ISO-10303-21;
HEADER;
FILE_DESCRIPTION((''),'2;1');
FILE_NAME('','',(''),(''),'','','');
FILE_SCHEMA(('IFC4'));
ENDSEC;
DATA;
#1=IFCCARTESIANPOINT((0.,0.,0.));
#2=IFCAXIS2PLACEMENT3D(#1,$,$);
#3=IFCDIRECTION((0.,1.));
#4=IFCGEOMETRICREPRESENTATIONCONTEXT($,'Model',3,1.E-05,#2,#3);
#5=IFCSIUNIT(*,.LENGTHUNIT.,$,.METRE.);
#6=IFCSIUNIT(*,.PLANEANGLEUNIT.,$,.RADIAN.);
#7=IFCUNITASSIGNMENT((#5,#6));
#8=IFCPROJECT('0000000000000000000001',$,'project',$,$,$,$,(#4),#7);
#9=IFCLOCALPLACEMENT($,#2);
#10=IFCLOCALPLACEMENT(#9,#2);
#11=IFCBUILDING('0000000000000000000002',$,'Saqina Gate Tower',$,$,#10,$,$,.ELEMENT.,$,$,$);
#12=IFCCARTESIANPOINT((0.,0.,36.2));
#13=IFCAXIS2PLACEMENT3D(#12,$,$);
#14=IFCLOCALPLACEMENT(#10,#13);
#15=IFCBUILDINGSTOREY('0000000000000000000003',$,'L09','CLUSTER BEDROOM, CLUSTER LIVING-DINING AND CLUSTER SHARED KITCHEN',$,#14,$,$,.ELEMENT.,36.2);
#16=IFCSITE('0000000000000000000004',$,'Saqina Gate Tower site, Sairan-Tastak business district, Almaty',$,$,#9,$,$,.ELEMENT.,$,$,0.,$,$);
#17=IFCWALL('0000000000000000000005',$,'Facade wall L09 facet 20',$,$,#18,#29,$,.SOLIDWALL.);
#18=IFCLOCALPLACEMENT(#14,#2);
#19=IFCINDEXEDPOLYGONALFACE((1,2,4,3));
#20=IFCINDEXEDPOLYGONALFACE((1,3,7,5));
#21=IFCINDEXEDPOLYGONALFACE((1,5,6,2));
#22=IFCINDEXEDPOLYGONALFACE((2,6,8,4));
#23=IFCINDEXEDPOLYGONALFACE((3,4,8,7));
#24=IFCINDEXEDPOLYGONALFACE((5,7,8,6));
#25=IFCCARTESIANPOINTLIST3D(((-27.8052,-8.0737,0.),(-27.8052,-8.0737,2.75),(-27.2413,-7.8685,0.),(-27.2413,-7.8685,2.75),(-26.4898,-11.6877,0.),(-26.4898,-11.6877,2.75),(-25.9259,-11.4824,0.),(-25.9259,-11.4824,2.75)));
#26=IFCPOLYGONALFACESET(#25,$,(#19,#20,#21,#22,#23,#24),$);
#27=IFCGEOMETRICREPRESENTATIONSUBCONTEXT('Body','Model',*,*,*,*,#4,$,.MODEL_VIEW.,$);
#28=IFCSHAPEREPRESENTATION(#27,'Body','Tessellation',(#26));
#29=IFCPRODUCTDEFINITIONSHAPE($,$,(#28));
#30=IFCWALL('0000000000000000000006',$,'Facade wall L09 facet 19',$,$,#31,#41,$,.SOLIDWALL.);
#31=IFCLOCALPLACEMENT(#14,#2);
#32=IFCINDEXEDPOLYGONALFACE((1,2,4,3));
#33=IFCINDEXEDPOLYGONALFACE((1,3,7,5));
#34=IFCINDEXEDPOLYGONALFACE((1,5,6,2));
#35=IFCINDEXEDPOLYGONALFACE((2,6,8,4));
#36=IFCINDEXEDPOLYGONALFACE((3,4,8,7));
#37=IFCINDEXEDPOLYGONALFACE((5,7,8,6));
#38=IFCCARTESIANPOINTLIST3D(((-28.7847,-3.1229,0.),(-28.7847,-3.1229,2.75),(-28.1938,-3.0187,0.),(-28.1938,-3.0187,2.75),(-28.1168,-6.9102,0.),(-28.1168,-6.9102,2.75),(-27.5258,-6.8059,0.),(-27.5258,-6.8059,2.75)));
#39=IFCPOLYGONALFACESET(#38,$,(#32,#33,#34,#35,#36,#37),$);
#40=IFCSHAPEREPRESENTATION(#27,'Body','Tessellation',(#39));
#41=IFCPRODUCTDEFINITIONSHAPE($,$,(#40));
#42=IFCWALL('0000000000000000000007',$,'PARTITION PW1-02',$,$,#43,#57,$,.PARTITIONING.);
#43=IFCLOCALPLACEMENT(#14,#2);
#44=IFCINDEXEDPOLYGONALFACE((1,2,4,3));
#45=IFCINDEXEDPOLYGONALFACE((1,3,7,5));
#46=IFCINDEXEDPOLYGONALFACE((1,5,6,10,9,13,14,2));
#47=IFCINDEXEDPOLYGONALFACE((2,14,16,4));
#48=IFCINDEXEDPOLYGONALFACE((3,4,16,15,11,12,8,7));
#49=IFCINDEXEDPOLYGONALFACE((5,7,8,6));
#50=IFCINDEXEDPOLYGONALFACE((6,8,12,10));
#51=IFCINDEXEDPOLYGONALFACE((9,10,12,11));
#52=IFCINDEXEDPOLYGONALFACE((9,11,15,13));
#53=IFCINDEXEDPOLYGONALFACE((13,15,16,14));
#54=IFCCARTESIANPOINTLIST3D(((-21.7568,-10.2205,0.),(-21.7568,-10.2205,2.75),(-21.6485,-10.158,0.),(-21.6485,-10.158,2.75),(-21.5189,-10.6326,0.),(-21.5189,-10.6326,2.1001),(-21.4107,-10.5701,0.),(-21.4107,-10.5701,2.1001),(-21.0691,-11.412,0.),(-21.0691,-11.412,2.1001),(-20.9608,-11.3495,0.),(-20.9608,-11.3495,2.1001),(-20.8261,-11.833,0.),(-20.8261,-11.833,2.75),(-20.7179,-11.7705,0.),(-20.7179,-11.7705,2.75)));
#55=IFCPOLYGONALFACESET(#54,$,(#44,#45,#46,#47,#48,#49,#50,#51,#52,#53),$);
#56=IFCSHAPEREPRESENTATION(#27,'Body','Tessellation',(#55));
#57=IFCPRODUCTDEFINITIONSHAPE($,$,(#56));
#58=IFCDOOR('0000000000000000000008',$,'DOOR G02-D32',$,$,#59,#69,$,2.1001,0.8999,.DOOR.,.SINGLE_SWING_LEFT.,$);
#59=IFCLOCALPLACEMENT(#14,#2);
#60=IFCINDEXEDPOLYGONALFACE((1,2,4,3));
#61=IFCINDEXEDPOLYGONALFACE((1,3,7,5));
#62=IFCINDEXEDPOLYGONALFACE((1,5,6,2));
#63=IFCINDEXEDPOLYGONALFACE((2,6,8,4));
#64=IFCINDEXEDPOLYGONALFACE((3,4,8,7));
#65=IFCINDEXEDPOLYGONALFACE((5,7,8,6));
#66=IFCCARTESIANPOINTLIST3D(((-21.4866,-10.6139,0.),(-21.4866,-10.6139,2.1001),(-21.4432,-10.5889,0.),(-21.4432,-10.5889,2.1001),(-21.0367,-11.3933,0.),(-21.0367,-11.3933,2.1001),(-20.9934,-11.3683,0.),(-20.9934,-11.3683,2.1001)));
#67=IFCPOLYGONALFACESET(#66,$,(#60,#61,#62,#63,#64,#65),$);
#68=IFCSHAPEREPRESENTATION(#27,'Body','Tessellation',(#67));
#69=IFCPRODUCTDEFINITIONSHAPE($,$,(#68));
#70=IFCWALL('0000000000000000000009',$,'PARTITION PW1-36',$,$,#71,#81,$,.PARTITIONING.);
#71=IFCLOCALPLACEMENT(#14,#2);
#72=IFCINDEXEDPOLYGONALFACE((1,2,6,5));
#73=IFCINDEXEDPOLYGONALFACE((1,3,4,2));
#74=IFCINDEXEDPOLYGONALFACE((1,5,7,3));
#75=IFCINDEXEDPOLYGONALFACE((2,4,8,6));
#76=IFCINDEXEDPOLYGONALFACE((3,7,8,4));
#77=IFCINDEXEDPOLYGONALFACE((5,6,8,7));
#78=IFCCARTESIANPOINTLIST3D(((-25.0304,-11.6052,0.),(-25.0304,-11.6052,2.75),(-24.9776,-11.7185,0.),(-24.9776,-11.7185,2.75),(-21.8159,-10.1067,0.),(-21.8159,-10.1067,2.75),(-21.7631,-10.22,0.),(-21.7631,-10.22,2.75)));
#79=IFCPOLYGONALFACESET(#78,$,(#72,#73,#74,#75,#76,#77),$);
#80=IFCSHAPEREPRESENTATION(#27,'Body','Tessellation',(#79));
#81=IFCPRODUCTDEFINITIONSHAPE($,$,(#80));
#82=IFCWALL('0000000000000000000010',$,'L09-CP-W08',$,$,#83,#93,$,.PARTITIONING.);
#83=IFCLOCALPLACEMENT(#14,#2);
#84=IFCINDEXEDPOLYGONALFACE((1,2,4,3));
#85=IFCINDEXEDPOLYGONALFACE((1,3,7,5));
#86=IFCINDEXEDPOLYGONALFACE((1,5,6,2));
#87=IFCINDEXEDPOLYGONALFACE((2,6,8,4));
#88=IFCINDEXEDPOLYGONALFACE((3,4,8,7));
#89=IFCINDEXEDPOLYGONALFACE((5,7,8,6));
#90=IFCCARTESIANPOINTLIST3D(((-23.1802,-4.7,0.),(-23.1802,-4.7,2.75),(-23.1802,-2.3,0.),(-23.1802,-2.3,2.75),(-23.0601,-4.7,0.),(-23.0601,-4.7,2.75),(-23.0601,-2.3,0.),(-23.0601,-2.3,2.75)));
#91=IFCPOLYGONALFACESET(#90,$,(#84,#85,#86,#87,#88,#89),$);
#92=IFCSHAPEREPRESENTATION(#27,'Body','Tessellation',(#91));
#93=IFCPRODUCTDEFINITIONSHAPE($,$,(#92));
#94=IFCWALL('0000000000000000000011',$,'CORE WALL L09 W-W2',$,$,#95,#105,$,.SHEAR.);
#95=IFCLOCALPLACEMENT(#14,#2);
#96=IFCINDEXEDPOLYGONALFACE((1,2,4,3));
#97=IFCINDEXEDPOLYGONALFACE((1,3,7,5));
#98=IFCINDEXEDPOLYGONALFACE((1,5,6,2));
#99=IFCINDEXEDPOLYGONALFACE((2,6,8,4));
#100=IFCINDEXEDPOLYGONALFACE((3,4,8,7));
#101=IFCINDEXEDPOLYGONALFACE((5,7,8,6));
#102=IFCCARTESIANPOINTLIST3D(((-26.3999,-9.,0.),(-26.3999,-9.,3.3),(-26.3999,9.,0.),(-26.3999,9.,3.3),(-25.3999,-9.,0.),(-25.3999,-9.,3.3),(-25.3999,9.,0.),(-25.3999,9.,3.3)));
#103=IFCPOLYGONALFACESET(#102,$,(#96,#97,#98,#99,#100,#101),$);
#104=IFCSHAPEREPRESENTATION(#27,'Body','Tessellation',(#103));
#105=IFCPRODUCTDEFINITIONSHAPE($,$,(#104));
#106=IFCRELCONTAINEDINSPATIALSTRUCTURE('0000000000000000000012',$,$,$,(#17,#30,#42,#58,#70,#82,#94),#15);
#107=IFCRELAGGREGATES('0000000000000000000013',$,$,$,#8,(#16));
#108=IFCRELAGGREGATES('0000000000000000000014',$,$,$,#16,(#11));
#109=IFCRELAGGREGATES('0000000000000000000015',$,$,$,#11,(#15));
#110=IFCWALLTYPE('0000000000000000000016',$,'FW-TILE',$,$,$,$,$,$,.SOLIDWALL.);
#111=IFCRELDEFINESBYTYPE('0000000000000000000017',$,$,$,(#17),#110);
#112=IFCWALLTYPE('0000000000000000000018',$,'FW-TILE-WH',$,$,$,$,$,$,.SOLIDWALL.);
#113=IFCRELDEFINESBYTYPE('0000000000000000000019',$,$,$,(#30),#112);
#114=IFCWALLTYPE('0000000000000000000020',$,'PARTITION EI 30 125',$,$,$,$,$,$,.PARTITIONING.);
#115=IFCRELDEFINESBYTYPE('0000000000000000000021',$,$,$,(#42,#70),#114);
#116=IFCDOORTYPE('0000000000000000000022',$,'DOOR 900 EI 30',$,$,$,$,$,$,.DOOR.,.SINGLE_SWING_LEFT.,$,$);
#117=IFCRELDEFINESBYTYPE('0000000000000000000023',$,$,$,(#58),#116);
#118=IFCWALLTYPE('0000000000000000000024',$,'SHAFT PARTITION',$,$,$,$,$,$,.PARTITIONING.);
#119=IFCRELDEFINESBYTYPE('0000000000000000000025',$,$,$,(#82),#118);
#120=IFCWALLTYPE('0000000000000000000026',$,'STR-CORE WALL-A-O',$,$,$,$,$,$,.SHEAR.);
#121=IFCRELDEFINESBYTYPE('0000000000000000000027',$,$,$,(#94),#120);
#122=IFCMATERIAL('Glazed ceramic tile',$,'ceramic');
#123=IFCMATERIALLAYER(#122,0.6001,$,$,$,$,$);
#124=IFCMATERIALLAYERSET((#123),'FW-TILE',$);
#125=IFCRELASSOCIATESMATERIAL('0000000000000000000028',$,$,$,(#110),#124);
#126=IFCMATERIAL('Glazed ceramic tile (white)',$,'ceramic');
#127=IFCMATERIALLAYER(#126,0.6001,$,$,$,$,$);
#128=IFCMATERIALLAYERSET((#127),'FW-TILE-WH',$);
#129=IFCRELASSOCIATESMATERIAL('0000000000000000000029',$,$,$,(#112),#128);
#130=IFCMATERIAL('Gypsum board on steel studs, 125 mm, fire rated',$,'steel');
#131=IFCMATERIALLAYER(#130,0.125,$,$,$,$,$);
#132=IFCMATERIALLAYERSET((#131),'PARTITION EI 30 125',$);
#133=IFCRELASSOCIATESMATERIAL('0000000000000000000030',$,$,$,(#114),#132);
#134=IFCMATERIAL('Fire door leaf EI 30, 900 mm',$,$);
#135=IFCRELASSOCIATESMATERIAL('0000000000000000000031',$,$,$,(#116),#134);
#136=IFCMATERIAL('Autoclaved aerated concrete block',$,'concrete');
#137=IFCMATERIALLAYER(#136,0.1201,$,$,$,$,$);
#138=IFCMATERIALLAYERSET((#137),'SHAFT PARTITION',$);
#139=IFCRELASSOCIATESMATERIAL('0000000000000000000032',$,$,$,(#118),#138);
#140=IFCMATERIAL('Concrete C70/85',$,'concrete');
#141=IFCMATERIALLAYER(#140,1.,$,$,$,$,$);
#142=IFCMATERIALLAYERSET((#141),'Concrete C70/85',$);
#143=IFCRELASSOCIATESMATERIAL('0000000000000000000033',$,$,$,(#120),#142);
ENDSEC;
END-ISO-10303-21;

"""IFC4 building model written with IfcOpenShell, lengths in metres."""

from ifc_helpers import new_model, si_unit, direction, frame, frame_2d, origin, place, context, subcontext, project, spatial, rectangle, extrude, material, layer, layer_set, type_object, element, fill, save


model = new_model("IFC4")

# Units and contexts
model_context = context("Model", 3, precision=1e-05, world=origin(), true_north=direction((0.0, 1.0)))
body_context = subcontext(model_context, "Body", "Model", "MODEL_VIEW")
ifc_project = project(units=[si_unit("LENGTHUNIT", "METRE"), si_unit("PLANEANGLEUNIT", "RADIAN")], contexts=[model_context])

# Site, building, storey
site_placement = place(None, origin())
site = spatial("IfcSite", under=ifc_project, at=site_placement, Name="Saqina Gate Tower site, Sairan-Tastak business district, Almaty", CompositionType="ELEMENT", RefElevation=0.0)
building_placement = place(site_placement, origin())
building = spatial("IfcBuilding", under=site, at=building_placement, Name="Saqina Gate Tower", CompositionType="ELEMENT")
storey_placement = place(building_placement, frame((0.0, 0.0, 36.2)))
storey = spatial("IfcBuildingStorey", under=building, at=storey_placement, Name="L09", Description="CLUSTER BEDROOM, CLUSTER LIVING-DINING AND CLUSTER SHARED KITCHEN", CompositionType="ELEMENT", Elevation=36.2)

# Walls
ifc_material_1 = material(Name="Glazed ceramic tile", Category="ceramic")
ifc_layer_1 = layer(ifc_material_1, 0.6001)
ifc_layer_set_1 = layer_set([ifc_layer_1], Name="FW-TILE")
wall_type_1 = type_object("IfcWallType", Name="FW-TILE", PredefinedType="SOLIDWALL", material=ifc_layer_set_1)
wall_1_placement = place(storey_placement, frame((-27.5232, -7.9712, 0.0), z_axis=(0.0, 0.0, 1.0), x_axis=(0.342028, -0.93969, 0.0)))
element("IfcWall", 1, at=wall_1_placement, inside=storey, type_object=wall_type_1, Name="Facade wall L09 facet 20", PredefinedType="SOLIDWALL", context=body_context, shape_type="SweptSolid", body=[
    extrude(rectangle(XDim=3.8459, YDim=0.6001, at=frame_2d((1.9229, 0.0))), origin(), (0.0, 0.0, 1.0), 2.75),
])
ifc_material_2 = material(Name="Glazed ceramic tile (white)", Category="ceramic")
ifc_layer_2 = layer(ifc_material_2, 0.6001)
ifc_layer_set_2 = layer_set([ifc_layer_2], Name="FW-TILE-WH")
wall_type_2 = type_object("IfcWallType", Name="FW-TILE-WH", PredefinedType="SOLIDWALL", material=ifc_layer_set_2)
wall_2_placement = place(storey_placement, frame((-28.4893, -3.0708, 0.0), z_axis=(0.0, 0.0, 1.0), x_axis=(0.173688, -0.984801, 0.0)))
element("IfcWall", 2, at=wall_2_placement, inside=storey, type_object=wall_type_2, Name="Facade wall L09 facet 19", PredefinedType="SOLIDWALL", context=body_context, shape_type="SweptSolid", body=[
    extrude(rectangle(XDim=3.8457, YDim=0.6001, at=frame_2d((1.9229, 0.0))), origin(), (0.0, 0.0, 1.0), 2.75),
])

# Wall, opening, door
ifc_material_3 = material(Name="Gypsum board on steel studs, 125 mm, fire rated", Category="steel")
ifc_layer_3 = layer(ifc_material_3, 0.125)
ifc_layer_set_3 = layer_set([ifc_layer_3], Name="PARTITION EI 30 125")
wall_type_3 = type_object("IfcWallType", Name="PARTITION EI 30 125", PredefinedType="PARTITIONING", material=ifc_layer_set_3)
wall_3_placement = place(storey_placement, frame((-21.7026, -10.1892, 0.0), z_axis=(0.0, 0.0, 1.0), x_axis=(0.499862, -0.866105, 0.0)))
wall_3 = element("IfcWall", 3, at=wall_3_placement, inside=storey, type_object=wall_type_3, Name="PARTITION PW1-02", PredefinedType="PARTITIONING", context=body_context, shape_type="SweptSolid", body=[
    extrude(rectangle(XDim=1.8618, YDim=0.125, at=frame_2d((0.9309, 0.0))), origin(), (0.0, 0.0, 1.0), 2.75),
])
opening_1_placement = place(wall_3_placement, frame((0.4758, 0.0, 0.0)))
opening_1 = element("IfcOpeningElement", 4, at=opening_1_placement, cuts=wall_3, PredefinedType="OPENING", context=body_context, shape_type="SweptSolid", body=[
    extrude(rectangle(XDim=0.8999, YDim=2.1001, at=frame_2d((0.45, 1.05))), frame((0.0, 0.0745, 0.0), z_axis=(0.0, -1.0, 0.0), x_axis=(1.0, 0.0, 0.0)), (0.0, 0.0, 1.0), 0.1489),
])
ifc_material_4 = material(Name="Fire door leaf EI 30, 900 mm")
door_type_1 = type_object("IfcDoorType", Name="DOOR 900 EI 30", OperationType="SINGLE_SWING_LEFT", PredefinedType="DOOR", material=ifc_material_4)
door_1_placement = place(opening_1_placement, origin())
door_1 = element("IfcDoor", 5, at=door_1_placement, inside=storey, type_object=door_type_1, Name="DOOR G02-D32", OperationType="SINGLE_SWING_LEFT", OverallHeight=2.1001, OverallWidth=0.8999, PredefinedType="DOOR", context=body_context, shape_type="SweptSolid", body=[
    extrude(rectangle(XDim=0.8999, YDim=2.1001, at=frame_2d((0.45, 1.05))), frame((0.0, 0.0249, 0.0), z_axis=(0.0, -1.0, 0.0), x_axis=(1.0, 0.0, 0.0)), (0.0, 0.0, 1.0), 0.05),
])
fill(opening_1, door_1)

# Walls
wall_4_placement = place(storey_placement, frame((-25.0042, -11.6619, 0.0), z_axis=(0.0, 0.0, 1.0), x_axis=(0.906357, 0.422512, 0.0)))
element("IfcWall", 6, at=wall_4_placement, inside=storey, type_object=wall_type_3, Name="PARTITION PW1-36", PredefinedType="PARTITIONING", context=body_context, shape_type="SweptSolid", body=[
    extrude(rectangle(XDim=3.5466, YDim=0.125, at=frame_2d((1.7734, 0.0))), origin(), (0.0, 0.0, 1.0), 2.75),
])
ifc_material_5 = material(Name="Autoclaved aerated concrete block", Category="concrete")
ifc_layer_4 = layer(ifc_material_5, 0.1201)
ifc_layer_set_4 = layer_set([ifc_layer_4], Name="SHAFT PARTITION")
wall_type_4 = type_object("IfcWallType", Name="SHAFT PARTITION", PredefinedType="PARTITIONING", material=ifc_layer_set_4)
wall_5_placement = place(storey_placement, frame((-23.1201, -4.7, 0.0), z_axis=(0.0, 0.0, 1.0), x_axis=(0.0, 1.0, 0.0)))
element("IfcWall", 7, at=wall_5_placement, inside=storey, type_object=wall_type_4, Name="L09-CP-W08", PredefinedType="PARTITIONING", context=body_context, shape_type="SweptSolid", body=[
    extrude(rectangle(XDim=2.3999, YDim=0.1201, at=frame_2d((1.2, 0.0))), origin(), (0.0, 0.0, 1.0), 2.75),
])
ifc_material_6 = material(Name="Concrete C70/85", Category="concrete")
ifc_layer_5 = layer(ifc_material_6, 1.0)
ifc_layer_set_5 = layer_set([ifc_layer_5], Name="Concrete C70/85")
wall_type_5 = type_object("IfcWallType", Name="STR-CORE WALL-A-O", PredefinedType="SHEAR", material=ifc_layer_set_5)
wall_6_placement = place(storey_placement, frame((-25.8999, -9.0, 0.0), z_axis=(0.0, 0.0, 1.0), x_axis=(0.0, 1.0, 0.0)))
element("IfcWall", 8, at=wall_6_placement, inside=storey, type_object=wall_type_5, Name="CORE WALL L09 W-W2", PredefinedType="SHEAR", context=body_context, shape_type="SweptSolid", body=[
    extrude(rectangle(XDim=18.0, YDim=1.0, at=frame_2d((9.0, 0.0))), origin(), (0.0, 0.0, 1.0), 3.3),
])

save(model, "model.ifc")
